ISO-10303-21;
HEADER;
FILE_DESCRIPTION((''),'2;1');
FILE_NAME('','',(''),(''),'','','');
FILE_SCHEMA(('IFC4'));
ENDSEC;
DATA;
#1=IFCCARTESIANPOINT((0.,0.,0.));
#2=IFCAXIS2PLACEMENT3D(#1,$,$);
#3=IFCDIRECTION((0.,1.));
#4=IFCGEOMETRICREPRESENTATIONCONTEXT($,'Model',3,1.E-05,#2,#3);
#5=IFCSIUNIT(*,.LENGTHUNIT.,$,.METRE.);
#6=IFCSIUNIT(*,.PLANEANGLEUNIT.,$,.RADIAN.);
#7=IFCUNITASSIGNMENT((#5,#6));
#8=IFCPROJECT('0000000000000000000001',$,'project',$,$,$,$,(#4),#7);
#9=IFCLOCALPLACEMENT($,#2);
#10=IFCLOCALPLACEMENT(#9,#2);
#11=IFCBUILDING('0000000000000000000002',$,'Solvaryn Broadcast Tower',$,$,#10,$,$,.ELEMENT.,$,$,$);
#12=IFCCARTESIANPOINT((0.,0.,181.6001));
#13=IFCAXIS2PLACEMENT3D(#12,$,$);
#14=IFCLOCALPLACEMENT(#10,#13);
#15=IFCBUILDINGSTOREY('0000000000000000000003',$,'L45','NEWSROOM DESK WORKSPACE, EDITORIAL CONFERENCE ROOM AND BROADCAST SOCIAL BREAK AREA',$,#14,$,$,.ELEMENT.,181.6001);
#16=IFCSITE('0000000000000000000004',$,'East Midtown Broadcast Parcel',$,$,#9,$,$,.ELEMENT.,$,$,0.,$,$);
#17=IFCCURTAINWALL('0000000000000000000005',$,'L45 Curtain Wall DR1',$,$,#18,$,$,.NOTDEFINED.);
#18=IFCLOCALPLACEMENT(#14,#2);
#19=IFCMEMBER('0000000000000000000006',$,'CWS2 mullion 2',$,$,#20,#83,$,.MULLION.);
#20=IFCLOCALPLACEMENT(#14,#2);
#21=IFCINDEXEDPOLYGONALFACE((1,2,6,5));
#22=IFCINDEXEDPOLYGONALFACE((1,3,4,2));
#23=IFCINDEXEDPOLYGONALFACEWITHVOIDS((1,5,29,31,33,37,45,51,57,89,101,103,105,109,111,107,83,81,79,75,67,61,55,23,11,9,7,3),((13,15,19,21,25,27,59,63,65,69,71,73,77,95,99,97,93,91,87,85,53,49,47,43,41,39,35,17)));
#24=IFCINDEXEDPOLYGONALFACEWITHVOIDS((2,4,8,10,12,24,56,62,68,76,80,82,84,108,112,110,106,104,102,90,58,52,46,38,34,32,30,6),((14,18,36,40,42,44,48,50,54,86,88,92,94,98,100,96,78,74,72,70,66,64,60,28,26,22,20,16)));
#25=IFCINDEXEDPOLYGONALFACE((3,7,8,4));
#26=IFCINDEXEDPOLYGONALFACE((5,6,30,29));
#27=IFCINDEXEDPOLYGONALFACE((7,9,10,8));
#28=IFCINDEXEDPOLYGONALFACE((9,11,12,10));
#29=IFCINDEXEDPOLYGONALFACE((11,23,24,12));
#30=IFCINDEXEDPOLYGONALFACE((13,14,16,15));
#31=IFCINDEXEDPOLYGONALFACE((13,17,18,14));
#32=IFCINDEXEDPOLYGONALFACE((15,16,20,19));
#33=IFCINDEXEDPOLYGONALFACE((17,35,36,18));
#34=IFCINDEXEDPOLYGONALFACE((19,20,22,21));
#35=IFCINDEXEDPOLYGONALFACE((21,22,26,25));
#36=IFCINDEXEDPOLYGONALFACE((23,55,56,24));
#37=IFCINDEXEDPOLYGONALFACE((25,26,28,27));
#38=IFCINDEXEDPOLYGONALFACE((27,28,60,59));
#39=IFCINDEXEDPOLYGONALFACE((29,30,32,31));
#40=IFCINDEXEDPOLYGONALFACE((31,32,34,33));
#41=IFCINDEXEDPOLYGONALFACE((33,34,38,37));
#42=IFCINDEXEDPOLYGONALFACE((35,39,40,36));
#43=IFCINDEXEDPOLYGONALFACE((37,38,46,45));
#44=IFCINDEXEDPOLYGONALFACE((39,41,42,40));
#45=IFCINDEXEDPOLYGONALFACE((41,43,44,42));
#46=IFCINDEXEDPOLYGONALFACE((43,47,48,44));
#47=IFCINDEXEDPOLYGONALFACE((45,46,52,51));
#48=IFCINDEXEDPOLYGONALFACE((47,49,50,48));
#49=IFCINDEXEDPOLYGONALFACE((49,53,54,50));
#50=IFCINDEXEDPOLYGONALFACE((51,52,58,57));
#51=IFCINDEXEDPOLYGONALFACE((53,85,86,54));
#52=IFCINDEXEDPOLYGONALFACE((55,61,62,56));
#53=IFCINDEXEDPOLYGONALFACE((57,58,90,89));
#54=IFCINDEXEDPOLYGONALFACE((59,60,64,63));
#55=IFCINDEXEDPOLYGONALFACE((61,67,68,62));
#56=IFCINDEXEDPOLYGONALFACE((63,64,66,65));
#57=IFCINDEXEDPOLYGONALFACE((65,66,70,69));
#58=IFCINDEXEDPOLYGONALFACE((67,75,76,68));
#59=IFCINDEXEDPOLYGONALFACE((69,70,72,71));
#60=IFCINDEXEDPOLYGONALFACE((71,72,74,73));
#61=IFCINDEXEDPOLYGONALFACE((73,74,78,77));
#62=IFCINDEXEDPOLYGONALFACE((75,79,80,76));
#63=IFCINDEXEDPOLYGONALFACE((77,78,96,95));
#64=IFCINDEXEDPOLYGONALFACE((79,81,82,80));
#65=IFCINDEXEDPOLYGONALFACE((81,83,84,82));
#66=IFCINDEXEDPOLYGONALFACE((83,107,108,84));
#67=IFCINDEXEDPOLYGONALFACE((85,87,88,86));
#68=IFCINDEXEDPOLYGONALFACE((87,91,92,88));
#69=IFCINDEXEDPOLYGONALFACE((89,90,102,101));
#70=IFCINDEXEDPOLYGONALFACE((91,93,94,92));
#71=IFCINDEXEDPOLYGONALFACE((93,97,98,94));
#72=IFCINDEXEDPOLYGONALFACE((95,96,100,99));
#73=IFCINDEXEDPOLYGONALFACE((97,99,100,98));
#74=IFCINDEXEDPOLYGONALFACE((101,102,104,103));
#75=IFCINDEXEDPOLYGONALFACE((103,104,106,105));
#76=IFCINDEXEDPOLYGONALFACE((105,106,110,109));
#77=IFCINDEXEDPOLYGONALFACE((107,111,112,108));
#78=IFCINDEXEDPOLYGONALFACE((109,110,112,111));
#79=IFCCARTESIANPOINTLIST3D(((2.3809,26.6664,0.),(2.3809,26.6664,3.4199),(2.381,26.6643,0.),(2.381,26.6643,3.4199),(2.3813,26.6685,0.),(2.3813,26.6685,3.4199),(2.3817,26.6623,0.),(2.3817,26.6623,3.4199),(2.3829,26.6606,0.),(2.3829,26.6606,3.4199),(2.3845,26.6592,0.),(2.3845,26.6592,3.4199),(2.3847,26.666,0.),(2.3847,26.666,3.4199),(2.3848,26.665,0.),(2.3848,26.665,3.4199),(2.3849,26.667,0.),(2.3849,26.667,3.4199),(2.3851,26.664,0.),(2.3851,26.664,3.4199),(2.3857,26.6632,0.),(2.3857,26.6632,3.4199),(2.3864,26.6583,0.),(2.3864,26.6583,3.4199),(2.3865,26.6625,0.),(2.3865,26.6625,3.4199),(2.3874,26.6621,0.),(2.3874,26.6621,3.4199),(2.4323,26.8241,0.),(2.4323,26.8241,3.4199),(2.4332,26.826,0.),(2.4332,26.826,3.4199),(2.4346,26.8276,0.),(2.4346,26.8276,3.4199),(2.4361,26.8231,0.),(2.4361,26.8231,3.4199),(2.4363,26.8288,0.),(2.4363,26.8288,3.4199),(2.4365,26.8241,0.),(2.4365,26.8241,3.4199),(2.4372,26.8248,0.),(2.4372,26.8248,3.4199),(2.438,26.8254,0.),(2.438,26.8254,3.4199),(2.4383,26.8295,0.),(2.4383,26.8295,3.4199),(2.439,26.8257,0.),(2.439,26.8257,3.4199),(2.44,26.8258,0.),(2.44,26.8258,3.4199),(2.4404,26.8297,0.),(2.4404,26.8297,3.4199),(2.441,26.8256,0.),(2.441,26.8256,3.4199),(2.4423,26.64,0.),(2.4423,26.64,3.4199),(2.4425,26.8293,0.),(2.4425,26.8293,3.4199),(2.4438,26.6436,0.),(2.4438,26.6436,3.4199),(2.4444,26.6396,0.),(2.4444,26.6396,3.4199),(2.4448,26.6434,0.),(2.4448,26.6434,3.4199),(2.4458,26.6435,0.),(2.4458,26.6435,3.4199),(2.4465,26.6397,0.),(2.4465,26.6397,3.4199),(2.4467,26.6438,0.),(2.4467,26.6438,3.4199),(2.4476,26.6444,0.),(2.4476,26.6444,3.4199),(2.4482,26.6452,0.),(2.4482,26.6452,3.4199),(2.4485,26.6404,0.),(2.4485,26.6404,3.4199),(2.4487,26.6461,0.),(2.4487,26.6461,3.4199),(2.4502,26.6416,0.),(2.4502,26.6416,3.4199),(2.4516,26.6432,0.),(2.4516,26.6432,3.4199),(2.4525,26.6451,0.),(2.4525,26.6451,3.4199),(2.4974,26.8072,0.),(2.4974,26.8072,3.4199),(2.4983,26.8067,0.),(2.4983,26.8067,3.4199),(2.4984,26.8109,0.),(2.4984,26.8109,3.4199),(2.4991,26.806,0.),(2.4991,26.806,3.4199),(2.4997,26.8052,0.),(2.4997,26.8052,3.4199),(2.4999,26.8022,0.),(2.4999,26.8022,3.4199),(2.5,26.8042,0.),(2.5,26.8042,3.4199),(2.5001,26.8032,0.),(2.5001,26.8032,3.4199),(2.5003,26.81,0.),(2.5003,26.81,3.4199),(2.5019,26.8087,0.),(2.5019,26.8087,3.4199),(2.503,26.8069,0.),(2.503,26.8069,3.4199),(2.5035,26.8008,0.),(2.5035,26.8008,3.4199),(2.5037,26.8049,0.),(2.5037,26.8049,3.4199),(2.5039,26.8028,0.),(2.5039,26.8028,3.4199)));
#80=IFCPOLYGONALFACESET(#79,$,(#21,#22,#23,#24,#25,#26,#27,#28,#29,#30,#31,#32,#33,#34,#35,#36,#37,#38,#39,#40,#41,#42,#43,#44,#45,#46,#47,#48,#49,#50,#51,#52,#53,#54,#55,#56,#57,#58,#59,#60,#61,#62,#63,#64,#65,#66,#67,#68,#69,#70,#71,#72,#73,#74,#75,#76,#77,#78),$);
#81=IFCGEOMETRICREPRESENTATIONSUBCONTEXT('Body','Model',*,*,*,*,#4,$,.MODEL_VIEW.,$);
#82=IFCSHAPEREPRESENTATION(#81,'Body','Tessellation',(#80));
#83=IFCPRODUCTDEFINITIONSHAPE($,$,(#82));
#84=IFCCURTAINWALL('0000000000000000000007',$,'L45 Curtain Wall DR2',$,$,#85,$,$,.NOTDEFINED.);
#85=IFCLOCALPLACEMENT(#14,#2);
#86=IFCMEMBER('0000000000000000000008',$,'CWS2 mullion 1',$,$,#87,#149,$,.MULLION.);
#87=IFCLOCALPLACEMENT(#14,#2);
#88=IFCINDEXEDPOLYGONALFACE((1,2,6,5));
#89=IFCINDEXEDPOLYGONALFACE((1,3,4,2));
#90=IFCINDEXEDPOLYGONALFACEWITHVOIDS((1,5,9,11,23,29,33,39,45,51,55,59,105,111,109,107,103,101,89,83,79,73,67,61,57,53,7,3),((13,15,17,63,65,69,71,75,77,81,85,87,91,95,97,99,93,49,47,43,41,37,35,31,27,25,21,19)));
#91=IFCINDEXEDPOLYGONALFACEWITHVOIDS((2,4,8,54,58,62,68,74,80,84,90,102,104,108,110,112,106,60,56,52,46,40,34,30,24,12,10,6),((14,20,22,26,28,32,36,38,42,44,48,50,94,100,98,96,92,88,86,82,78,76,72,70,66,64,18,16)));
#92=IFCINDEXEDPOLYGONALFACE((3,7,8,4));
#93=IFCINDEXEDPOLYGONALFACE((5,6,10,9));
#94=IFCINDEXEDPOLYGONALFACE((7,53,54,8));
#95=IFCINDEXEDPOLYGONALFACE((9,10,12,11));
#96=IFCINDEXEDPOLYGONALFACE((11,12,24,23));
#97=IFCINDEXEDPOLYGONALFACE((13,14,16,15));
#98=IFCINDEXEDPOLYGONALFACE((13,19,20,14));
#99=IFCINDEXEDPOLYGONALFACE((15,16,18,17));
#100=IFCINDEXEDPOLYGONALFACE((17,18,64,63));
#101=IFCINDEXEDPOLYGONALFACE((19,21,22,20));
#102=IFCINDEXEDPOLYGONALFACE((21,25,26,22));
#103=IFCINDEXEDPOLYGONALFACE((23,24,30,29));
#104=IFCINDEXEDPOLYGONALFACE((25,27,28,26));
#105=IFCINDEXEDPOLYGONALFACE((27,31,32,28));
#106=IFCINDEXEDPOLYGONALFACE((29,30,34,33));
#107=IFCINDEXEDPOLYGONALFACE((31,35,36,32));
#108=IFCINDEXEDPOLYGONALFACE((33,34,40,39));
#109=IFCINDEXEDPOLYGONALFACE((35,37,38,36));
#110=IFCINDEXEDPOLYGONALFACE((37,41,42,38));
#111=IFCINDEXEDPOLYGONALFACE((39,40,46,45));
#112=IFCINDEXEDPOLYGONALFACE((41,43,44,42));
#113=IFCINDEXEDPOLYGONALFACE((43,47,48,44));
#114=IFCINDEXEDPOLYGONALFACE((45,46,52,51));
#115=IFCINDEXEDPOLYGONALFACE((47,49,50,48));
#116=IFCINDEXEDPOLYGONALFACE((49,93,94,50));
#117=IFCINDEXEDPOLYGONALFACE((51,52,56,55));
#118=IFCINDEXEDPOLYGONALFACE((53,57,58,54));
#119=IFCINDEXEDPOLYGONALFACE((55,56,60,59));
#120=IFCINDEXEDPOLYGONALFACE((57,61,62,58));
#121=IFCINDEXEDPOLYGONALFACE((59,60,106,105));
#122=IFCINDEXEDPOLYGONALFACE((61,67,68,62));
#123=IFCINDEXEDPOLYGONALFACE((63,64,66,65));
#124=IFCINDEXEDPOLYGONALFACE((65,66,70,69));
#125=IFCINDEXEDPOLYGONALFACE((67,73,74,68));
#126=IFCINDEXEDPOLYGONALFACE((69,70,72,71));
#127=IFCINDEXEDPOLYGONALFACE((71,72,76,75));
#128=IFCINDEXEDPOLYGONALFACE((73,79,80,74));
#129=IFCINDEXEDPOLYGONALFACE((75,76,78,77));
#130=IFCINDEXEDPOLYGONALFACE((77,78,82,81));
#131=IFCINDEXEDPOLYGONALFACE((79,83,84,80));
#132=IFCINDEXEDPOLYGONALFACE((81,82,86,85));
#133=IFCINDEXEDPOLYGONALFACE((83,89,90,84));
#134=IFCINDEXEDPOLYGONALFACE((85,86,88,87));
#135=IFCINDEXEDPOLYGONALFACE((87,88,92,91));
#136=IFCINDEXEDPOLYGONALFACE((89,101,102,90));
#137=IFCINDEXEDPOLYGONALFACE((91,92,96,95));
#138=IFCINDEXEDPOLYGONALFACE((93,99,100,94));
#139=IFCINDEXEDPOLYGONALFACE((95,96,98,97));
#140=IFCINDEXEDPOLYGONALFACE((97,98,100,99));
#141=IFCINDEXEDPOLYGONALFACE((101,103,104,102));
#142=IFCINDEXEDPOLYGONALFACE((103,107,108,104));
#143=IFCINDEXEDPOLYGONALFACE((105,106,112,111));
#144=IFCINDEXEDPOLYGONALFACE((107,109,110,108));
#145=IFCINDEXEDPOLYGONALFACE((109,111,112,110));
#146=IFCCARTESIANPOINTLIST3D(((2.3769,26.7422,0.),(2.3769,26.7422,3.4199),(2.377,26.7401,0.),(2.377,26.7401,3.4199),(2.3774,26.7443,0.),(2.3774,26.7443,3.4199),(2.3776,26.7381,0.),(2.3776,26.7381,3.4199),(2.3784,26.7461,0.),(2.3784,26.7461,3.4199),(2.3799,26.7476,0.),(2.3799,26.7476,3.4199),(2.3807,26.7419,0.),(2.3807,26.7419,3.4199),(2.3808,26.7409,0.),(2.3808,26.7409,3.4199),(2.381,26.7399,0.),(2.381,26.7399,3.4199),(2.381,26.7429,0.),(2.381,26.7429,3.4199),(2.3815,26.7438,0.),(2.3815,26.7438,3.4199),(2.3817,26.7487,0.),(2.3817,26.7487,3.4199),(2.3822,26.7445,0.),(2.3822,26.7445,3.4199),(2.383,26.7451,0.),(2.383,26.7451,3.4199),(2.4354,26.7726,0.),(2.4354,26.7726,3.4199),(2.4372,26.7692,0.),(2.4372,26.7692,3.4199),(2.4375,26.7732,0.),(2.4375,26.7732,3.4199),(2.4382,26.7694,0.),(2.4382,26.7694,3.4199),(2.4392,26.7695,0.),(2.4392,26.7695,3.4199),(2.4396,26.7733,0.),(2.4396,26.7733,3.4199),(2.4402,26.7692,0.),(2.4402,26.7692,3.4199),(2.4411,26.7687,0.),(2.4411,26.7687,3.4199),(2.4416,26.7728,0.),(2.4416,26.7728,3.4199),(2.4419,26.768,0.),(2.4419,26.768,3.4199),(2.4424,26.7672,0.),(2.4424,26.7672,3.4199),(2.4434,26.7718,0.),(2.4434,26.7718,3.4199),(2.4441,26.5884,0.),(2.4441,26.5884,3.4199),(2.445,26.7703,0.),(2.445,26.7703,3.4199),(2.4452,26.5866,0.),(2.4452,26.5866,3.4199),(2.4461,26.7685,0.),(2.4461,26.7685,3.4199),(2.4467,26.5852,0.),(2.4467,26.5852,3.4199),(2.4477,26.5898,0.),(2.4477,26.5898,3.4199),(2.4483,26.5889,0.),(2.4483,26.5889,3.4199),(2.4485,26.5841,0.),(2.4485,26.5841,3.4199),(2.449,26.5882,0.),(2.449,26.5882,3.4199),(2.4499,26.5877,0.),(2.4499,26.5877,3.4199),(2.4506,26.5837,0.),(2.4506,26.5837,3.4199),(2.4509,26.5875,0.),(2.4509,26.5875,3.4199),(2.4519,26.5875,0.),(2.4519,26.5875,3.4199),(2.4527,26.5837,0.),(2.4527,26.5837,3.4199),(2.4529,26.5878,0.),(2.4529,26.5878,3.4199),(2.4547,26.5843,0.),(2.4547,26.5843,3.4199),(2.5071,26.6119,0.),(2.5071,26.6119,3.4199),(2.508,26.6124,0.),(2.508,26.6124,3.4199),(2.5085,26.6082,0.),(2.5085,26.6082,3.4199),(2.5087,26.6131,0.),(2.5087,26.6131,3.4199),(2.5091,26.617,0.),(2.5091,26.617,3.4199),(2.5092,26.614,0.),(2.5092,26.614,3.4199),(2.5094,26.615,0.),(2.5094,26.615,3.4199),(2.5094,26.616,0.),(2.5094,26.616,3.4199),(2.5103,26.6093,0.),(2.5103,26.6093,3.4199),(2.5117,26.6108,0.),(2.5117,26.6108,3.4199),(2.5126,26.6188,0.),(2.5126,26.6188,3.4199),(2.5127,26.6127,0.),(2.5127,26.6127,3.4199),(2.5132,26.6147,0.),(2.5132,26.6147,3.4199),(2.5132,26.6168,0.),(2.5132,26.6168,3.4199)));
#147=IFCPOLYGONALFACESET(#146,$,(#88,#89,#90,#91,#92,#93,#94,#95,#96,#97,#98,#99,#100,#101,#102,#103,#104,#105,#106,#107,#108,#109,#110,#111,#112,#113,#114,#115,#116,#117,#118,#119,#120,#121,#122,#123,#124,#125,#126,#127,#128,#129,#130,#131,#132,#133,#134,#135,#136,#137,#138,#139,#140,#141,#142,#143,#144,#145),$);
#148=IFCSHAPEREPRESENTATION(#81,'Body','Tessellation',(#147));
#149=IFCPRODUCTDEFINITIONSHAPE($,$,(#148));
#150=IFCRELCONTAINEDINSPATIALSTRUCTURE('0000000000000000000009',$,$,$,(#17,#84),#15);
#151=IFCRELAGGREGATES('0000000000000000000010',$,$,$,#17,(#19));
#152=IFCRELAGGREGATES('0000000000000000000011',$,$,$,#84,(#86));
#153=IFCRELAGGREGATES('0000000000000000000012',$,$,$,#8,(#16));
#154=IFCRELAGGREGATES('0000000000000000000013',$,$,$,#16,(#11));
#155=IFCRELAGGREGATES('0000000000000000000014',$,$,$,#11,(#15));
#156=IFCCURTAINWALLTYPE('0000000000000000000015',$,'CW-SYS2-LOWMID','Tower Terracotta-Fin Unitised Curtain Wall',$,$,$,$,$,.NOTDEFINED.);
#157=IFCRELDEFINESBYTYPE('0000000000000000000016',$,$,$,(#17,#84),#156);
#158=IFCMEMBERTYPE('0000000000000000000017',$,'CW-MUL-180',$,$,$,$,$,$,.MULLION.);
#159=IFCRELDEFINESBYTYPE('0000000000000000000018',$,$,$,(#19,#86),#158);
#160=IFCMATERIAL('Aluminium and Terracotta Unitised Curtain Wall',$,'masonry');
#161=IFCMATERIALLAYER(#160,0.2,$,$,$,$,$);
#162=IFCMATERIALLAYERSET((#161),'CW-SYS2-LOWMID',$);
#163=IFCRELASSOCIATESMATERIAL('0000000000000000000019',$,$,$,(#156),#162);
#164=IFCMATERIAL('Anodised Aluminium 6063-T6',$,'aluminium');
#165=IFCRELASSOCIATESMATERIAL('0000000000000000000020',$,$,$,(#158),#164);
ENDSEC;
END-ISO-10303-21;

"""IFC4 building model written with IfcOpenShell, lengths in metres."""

from ifc_helpers import new_model, si_unit, direction, frame, origin, origin_2d, place, context, subcontext, project, spatial, hollow_rectangle, extrude, material, layer, layer_set, material_profile, profile_set, type_object, element, aggregate, save


model = new_model("IFC4")

# Units and contexts
model_context = context("Model", 3, precision=1e-05, world=origin(), true_north=direction((0.0, 1.0)))
body_context = subcontext(model_context, "Body", "Model", "MODEL_VIEW")
ifc_project = project(units=[si_unit("LENGTHUNIT", "METRE"), si_unit("PLANEANGLEUNIT", "RADIAN")], contexts=[model_context])

# Site, building, storey
site_placement = place(None, origin())
site = spatial("IfcSite", under=ifc_project, at=site_placement, Name="East Midtown Broadcast Parcel", CompositionType="ELEMENT", RefElevation=0.0)
building_placement = place(site_placement, origin())
building = spatial("IfcBuilding", under=site, at=building_placement, Name="Solvaryn Broadcast Tower", CompositionType="ELEMENT")
storey_placement = place(building_placement, frame((0.0, 0.0, 181.6001)))
storey = spatial("IfcBuildingStorey", under=building, at=storey_placement, Name="L45", Description="NEWSROOM DESK WORKSPACE, EDITORIAL CONFERENCE ROOM AND BROADCAST SOCIAL BREAK AREA", CompositionType="ELEMENT", Elevation=181.6001)

# Curtain wall, member
ifc_material_1 = material(Name="Aluminium and Terracotta Unitised Curtain Wall", Category="masonry")
ifc_layer_1 = layer(ifc_material_1, 0.2)
ifc_layer_set_1 = layer_set([ifc_layer_1], Name="CW-SYS2-LOWMID")
curtain_wall_type = type_object("IfcCurtainWallType", Name="CW-SYS2-LOWMID", Description="Tower Terracotta-Fin Unitised Curtain Wall", PredefinedType="NOTDEFINED", material=ifc_layer_set_1)
curtain_wall_1_placement = place(storey_placement, origin())
curtain_wall_1 = element("IfcCurtainWall", 1, at=curtain_wall_1_placement, inside=storey, type_object=curtain_wall_type, Name="L45 Curtain Wall DR1", PredefinedType="NOTDEFINED")
ifc_material_2 = material(Name="Anodised Aluminium 6063-T6", Category="aluminium")
ifc_material_profile_1 = material_profile(ifc_material_2, hollow_rectangle(XDim=0.075, YDim=0.1799, WallThickness=0.0039, InnerFilletRadius=0.0039, OuterFilletRadius=0.0081, at=origin_2d()))
ifc_profile_set_1 = profile_set([ifc_material_profile_1], Name="Anodised Aluminium 6063-T6")
member_type_1 = type_object("IfcMemberType", Name="CW-MUL-180", PredefinedType="MULLION", material=ifc_profile_set_1)
member_1_placement = place(storey_placement, frame((2.4424, 26.7346, 0.0), z_axis=(0.0, 0.0, 1.0), x_axis=(0.950227, -0.311559, 0.0)))
member_1 = element("IfcMember", 2, at=member_1_placement, type_object=member_type_1, Name="CWS2 mullion 2", PredefinedType="MULLION", context=body_context, shape_type="SweptSolid", body=[
    extrude(hollow_rectangle(XDim=0.075, YDim=0.1799, WallThickness=0.0039, InnerFilletRadius=0.0039, OuterFilletRadius=0.0081, at=origin_2d()), origin(), (0.0, 0.0, 1.0), 3.4199),
])
aggregate(curtain_wall_1, [member_1])

# Curtain wall, member
curtain_wall_2_placement = place(storey_placement, origin())
curtain_wall_2 = element("IfcCurtainWall", 3, at=curtain_wall_2_placement, inside=storey, type_object=curtain_wall_type, Name="L45 Curtain Wall DR2", PredefinedType="NOTDEFINED")
member_2_placement = place(storey_placement, frame((2.4451, 26.6785, 0.0), z_axis=(0.0, 0.0, 1.0), x_axis=(0.913917, 0.405901, 0.0)))
member_2 = element("IfcMember", 4, at=member_2_placement, type_object=member_type_1, Name="CWS2 mullion 1", PredefinedType="MULLION", context=body_context, shape_type="SweptSolid", body=[
    extrude(hollow_rectangle(XDim=0.075, YDim=0.1799, WallThickness=0.0039, InnerFilletRadius=0.0039, OuterFilletRadius=0.0081, at=origin_2d()), origin(), (0.0, 0.0, 1.0), 3.4199),
])
aggregate(curtain_wall_2, [member_2])

save(model, "model.ifc")
